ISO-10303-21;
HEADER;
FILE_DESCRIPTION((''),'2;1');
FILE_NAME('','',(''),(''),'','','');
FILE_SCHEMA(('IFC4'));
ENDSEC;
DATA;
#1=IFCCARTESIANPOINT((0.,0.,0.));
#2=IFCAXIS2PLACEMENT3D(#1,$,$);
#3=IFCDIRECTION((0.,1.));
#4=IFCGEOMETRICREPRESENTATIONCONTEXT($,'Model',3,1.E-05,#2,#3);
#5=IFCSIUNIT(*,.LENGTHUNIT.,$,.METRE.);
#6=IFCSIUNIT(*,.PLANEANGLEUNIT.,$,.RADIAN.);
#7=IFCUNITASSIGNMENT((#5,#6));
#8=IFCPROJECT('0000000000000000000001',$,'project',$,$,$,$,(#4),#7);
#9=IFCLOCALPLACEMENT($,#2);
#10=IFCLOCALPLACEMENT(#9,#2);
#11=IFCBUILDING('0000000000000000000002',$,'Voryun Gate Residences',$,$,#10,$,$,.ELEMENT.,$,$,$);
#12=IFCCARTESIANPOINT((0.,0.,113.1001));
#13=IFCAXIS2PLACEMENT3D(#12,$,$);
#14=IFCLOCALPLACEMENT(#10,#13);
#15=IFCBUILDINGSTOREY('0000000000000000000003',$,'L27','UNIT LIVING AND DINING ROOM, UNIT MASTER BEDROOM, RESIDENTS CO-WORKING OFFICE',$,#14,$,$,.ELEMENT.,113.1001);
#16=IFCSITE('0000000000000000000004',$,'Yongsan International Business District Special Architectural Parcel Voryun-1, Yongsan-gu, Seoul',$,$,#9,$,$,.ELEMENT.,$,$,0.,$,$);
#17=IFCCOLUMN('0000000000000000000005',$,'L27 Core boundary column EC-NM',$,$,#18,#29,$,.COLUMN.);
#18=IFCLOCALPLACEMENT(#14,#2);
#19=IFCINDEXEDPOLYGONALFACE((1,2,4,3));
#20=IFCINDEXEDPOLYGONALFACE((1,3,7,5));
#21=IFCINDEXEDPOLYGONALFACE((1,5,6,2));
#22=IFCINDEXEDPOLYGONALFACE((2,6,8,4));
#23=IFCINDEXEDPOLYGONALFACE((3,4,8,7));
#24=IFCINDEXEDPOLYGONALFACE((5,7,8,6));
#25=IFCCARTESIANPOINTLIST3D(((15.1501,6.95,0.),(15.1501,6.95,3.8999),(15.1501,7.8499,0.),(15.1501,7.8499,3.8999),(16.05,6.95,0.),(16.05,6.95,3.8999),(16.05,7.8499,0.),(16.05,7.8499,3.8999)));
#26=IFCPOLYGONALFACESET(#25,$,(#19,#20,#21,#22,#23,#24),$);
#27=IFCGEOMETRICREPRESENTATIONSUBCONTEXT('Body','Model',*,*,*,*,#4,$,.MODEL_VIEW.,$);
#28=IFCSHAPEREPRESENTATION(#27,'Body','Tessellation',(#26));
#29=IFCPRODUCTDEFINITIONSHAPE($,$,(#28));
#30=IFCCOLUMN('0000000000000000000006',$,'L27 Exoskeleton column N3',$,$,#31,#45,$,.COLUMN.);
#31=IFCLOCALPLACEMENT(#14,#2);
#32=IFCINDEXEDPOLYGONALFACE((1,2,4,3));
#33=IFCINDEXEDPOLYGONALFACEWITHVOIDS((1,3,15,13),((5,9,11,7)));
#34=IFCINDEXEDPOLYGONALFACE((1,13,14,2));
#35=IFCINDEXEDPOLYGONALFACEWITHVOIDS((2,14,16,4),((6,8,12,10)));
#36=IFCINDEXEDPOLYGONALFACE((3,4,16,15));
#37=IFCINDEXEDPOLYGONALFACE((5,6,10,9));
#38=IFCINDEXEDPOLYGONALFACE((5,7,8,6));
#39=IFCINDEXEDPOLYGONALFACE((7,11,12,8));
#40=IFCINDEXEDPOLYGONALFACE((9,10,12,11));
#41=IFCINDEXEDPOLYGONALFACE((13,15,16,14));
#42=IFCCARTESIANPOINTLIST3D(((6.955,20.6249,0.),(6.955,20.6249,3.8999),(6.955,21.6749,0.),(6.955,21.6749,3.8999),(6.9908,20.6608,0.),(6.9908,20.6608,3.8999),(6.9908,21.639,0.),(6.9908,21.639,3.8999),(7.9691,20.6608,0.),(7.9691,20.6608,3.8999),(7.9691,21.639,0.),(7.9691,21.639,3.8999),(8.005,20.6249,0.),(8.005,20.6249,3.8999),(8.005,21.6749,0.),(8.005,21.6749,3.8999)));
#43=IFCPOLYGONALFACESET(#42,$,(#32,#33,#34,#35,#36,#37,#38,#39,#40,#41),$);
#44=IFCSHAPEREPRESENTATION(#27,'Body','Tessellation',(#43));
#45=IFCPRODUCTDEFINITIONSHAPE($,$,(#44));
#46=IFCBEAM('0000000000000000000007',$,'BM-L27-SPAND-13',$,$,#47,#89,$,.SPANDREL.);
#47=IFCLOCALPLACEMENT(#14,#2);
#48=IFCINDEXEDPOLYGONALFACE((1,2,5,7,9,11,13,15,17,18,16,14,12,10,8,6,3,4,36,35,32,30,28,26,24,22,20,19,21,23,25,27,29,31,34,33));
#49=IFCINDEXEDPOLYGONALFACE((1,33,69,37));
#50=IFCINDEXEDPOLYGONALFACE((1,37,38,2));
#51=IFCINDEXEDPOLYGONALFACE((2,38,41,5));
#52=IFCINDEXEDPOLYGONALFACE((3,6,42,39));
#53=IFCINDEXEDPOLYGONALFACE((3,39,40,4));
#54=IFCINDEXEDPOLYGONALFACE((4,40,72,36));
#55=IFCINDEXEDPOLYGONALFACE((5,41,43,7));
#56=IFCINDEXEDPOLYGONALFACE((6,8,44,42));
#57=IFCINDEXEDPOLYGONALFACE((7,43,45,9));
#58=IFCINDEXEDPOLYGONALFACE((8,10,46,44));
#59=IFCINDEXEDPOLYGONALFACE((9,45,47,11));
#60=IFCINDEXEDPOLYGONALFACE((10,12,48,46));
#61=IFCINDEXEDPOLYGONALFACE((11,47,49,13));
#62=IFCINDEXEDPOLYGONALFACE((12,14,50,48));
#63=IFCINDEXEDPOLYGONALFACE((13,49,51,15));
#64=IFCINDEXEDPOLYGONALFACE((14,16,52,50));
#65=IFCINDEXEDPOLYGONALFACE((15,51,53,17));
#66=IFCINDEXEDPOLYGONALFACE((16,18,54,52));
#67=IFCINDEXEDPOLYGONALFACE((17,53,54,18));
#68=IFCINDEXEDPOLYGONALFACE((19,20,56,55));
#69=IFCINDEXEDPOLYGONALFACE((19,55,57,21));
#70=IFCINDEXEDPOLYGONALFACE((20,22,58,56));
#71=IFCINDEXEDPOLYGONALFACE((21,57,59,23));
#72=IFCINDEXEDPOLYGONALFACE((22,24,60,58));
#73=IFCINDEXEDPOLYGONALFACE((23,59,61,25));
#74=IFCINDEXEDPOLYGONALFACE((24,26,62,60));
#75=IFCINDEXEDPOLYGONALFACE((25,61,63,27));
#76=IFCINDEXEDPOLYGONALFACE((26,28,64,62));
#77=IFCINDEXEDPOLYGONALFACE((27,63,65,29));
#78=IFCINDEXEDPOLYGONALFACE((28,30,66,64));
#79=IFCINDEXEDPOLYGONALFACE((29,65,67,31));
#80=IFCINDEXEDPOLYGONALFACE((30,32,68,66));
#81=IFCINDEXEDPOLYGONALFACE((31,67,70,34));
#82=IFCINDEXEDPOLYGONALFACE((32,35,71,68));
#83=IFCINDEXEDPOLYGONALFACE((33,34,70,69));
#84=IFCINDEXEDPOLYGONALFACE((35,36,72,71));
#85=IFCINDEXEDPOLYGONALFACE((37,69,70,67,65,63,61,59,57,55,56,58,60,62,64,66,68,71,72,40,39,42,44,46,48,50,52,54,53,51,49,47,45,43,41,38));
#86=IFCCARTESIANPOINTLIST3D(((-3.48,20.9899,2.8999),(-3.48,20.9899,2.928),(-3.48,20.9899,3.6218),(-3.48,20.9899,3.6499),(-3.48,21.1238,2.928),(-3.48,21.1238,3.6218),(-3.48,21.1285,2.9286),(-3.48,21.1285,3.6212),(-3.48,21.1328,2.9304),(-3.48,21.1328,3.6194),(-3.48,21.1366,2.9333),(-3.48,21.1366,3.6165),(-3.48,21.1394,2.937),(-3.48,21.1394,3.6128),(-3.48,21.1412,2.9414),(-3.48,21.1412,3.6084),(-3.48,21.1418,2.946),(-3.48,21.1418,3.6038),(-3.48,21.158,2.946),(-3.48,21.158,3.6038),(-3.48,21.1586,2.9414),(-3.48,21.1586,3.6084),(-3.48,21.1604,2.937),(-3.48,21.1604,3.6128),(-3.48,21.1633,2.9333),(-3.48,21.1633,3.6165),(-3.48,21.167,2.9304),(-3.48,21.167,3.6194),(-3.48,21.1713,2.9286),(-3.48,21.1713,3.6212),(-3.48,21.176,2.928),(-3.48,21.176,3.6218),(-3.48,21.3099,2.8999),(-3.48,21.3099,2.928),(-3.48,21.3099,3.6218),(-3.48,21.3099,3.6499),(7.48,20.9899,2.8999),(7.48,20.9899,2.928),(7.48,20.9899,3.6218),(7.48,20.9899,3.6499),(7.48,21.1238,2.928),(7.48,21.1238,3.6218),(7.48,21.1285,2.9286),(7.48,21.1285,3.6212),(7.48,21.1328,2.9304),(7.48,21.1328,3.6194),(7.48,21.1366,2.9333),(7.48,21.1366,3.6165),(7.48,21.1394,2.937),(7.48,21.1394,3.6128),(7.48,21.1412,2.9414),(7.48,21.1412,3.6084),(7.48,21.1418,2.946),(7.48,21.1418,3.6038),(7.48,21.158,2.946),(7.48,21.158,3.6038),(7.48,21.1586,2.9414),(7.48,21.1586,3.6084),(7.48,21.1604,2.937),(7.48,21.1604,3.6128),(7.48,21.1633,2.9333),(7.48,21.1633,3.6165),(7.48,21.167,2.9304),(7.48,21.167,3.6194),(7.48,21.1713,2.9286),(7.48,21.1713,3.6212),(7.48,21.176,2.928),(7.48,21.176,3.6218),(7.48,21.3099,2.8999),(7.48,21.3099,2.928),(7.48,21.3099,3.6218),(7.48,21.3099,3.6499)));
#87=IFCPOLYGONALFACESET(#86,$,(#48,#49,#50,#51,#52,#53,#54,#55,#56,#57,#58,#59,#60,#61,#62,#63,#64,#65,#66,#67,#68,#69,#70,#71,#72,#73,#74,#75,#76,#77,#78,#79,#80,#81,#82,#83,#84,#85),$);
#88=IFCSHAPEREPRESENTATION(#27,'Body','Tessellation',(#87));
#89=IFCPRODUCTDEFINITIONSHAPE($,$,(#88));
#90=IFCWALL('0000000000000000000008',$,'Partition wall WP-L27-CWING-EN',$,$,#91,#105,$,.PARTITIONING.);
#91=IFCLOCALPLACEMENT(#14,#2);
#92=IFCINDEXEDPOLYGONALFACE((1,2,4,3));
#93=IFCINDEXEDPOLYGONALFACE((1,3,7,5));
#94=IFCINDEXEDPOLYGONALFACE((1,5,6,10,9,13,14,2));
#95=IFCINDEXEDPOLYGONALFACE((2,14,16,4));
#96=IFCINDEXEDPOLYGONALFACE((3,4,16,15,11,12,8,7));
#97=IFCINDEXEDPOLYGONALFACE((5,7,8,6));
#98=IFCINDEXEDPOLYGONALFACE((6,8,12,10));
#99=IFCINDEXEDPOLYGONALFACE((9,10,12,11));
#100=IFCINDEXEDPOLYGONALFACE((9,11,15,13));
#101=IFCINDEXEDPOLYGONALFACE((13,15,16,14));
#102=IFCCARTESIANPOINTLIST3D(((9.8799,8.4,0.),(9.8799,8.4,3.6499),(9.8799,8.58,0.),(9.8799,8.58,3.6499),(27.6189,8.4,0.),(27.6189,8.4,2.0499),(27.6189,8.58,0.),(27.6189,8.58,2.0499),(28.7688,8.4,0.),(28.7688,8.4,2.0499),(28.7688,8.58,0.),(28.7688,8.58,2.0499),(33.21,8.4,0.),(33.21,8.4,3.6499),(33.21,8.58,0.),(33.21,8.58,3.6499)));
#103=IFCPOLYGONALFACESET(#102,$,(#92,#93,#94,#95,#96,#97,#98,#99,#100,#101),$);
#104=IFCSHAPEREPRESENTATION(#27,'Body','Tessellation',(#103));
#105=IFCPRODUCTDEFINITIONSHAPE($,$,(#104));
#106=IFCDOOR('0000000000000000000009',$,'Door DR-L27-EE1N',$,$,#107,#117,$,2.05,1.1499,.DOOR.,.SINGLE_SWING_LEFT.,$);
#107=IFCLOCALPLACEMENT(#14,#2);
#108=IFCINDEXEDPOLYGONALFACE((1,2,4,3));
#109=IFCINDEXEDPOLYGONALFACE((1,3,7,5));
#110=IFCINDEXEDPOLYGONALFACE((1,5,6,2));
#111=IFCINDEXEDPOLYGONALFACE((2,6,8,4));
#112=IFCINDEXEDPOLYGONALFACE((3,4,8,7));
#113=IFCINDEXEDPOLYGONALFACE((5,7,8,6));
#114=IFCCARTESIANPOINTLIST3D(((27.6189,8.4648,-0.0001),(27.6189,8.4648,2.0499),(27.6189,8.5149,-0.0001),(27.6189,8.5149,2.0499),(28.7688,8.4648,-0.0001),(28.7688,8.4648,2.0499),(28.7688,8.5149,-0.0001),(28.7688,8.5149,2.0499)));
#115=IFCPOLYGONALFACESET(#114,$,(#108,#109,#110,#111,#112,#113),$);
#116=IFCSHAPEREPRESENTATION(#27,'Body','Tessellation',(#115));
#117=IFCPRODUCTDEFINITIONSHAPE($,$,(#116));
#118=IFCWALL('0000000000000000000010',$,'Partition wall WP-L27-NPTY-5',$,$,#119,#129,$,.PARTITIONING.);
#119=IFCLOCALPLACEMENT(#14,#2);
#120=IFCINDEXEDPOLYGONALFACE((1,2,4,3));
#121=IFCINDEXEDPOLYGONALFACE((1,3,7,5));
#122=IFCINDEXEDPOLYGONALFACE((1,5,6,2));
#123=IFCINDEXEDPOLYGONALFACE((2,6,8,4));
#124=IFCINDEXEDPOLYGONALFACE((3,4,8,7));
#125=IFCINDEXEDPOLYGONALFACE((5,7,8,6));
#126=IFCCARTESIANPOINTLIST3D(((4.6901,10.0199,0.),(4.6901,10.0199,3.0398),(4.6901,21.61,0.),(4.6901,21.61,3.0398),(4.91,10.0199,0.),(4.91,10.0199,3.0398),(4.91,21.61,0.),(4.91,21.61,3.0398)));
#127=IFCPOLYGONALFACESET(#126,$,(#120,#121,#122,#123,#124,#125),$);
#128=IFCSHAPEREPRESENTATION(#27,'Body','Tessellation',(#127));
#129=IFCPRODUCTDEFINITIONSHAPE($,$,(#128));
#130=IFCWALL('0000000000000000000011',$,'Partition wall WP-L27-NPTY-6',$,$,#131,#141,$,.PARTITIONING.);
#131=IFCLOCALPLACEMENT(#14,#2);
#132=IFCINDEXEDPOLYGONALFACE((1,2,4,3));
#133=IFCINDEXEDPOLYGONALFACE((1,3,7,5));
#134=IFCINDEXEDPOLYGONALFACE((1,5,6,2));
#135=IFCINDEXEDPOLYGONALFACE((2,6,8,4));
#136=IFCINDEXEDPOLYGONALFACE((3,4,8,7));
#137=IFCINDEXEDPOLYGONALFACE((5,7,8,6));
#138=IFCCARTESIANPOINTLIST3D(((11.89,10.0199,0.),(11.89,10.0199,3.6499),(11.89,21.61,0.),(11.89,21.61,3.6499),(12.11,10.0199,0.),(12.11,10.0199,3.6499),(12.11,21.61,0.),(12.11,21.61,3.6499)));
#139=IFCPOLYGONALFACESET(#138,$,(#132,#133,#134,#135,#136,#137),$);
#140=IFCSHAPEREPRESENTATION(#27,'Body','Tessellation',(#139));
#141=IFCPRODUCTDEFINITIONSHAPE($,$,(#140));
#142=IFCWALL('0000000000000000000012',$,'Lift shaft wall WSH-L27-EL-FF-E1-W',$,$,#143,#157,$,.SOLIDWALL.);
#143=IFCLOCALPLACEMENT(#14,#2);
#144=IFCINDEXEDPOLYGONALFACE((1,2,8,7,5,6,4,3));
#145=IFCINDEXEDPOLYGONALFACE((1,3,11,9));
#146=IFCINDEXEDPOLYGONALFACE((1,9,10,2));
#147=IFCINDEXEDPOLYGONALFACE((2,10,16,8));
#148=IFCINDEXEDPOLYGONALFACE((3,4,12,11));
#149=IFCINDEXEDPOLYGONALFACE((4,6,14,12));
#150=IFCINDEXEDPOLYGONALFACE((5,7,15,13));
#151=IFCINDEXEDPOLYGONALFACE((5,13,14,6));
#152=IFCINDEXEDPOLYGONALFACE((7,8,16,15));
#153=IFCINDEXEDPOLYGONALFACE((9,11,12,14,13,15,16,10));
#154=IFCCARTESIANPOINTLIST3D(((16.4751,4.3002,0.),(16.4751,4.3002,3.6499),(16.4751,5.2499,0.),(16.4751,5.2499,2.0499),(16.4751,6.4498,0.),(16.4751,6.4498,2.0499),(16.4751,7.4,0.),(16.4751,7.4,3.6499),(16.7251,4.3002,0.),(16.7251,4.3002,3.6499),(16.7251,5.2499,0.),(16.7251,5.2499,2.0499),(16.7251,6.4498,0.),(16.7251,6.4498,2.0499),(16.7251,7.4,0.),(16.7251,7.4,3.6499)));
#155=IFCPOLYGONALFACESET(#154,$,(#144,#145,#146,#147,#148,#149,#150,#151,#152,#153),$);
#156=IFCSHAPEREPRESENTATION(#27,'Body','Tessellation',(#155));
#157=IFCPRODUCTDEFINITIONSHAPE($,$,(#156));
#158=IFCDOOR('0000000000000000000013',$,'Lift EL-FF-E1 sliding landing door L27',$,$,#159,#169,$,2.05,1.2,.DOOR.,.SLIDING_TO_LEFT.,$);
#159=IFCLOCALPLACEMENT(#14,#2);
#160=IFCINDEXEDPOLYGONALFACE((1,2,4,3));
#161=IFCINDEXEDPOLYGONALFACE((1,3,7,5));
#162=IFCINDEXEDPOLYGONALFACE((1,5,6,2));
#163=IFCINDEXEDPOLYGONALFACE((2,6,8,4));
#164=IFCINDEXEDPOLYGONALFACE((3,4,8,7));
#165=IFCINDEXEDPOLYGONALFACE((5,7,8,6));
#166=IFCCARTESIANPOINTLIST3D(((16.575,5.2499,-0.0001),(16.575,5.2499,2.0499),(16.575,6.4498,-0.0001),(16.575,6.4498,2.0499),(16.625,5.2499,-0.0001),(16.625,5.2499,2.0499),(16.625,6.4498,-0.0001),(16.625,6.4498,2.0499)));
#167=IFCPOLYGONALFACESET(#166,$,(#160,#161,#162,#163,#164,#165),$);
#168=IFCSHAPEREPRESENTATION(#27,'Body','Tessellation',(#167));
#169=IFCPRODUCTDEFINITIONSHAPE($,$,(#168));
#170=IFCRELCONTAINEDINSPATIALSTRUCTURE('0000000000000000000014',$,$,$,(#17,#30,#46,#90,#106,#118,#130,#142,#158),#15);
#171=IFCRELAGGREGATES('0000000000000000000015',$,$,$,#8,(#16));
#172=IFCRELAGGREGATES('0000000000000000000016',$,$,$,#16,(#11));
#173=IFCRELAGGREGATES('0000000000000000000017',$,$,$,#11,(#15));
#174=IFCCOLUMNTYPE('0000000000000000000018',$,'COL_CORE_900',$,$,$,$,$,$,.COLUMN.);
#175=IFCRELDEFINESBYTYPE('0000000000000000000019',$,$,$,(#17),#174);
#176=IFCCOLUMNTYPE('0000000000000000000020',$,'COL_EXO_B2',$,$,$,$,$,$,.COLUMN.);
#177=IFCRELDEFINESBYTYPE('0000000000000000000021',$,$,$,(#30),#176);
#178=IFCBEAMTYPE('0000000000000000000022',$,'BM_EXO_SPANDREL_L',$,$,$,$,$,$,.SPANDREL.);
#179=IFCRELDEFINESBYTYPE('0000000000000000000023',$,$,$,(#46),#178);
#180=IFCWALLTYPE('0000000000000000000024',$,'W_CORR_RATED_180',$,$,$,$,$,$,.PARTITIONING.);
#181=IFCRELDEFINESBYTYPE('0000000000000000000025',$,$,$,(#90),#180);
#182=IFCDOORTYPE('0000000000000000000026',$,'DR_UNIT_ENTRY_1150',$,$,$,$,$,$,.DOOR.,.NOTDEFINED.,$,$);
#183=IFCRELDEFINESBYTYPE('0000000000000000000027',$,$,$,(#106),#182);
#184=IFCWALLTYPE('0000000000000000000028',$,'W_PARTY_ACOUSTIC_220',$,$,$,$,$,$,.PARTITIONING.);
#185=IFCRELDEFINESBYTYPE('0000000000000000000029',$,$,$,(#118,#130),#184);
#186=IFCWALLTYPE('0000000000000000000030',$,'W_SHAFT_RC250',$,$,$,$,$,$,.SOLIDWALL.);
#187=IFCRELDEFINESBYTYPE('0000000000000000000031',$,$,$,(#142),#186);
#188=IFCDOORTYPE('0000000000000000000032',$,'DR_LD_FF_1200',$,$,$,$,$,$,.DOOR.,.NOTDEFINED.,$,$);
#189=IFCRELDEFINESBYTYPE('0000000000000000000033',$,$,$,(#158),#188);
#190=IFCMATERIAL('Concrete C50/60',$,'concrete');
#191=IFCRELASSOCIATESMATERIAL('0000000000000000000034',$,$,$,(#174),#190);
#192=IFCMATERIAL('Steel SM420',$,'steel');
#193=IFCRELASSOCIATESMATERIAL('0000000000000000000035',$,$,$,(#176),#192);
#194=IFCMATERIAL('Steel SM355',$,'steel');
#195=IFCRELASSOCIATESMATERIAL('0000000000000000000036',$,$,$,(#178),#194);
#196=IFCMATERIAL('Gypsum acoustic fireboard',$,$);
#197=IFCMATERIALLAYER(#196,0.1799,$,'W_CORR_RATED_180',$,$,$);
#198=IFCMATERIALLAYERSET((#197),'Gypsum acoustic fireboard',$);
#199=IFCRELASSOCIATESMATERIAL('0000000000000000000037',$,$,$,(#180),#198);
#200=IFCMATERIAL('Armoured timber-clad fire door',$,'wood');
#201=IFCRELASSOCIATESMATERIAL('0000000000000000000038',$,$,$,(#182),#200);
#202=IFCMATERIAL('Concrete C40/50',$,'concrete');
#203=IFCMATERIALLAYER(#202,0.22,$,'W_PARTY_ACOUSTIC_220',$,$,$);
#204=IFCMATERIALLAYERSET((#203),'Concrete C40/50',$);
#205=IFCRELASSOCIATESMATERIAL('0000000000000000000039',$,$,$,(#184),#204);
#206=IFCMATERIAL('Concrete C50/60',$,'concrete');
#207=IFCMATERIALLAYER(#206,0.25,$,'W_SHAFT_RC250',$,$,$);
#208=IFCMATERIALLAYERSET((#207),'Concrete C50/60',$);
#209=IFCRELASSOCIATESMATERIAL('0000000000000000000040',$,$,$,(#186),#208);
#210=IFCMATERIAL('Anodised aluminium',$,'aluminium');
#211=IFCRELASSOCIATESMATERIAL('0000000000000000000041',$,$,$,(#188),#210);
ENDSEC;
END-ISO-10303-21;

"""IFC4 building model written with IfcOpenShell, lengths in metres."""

from ifc_helpers import new_model, si_unit, direction, frame, frame_2d, origin, origin_2d, place, context, subcontext, project, spatial, rectangle, hollow_rectangle, i_section, extrude, material, layer, layer_set, material_profile, profile_set, type_object, element, fill, save


model = new_model("IFC4")

# Units and contexts
model_context = context("Model", 3, precision=1e-05, world=origin(), true_north=direction((0.0, 1.0)))
body_context = subcontext(model_context, "Body", "Model", "MODEL_VIEW")
ifc_project = project(units=[si_unit("LENGTHUNIT", "METRE"), si_unit("PLANEANGLEUNIT", "RADIAN")], contexts=[model_context])

# Site, building, storey
site_placement = place(None, origin())
site = spatial("IfcSite", under=ifc_project, at=site_placement, Name="Yongsan International Business District Special Architectural Parcel Voryun-1, Yongsan-gu, Seoul", CompositionType="ELEMENT", RefElevation=0.0)
building_placement = place(site_placement, origin())
building = spatial("IfcBuilding", under=site, at=building_placement, Name="Voryun Gate Residences", CompositionType="ELEMENT")
storey_placement = place(building_placement, frame((0.0, 0.0, 113.1001)))
storey = spatial("IfcBuildingStorey", under=building, at=storey_placement, Name="L27", Description="UNIT LIVING AND DINING ROOM, UNIT MASTER BEDROOM, RESIDENTS CO-WORKING OFFICE", CompositionType="ELEMENT", Elevation=113.1001)

# Columns
ifc_material_1 = material(Name="Concrete C50/60", Category="concrete")
ifc_material_profile_1 = material_profile(ifc_material_1, rectangle(XDim=0.8999, YDim=0.8999, at=origin_2d()), Name="RC-900x900")
ifc_profile_set_1 = profile_set([ifc_material_profile_1], Name="Concrete C50/60")
column_type_1 = type_object("IfcColumnType", Name="COL_CORE_900", PredefinedType="COLUMN", material=ifc_profile_set_1)
column_1_placement = place(storey_placement, frame((15.6001, 7.3999, 0.0), z_axis=(0.0, 0.0, 1.0), x_axis=(1.0, 0.0, 0.0)))
element("IfcColumn", 1, at=column_1_placement, inside=storey, type_object=column_type_1, Name="L27 Core boundary column EC-NM", PredefinedType="COLUMN", context=body_context, shape_type="SweptSolid", body=[
    extrude(rectangle(XDim=0.8999, YDim=0.8999, at=origin_2d()), origin(), (0.0, 0.0, 1.0), 3.8999),
])
ifc_material_2 = material(Name="Steel SM420", Category="steel")
ifc_material_profile_2 = material_profile(ifc_material_2, hollow_rectangle(XDim=1.05, YDim=1.05, WallThickness=0.0359, at=origin_2d()), Name="BOX-1050x1050x36")
ifc_profile_set_2 = profile_set([ifc_material_profile_2], Name="Steel SM420")
column_type_2 = type_object("IfcColumnType", Name="COL_EXO_B2", PredefinedType="COLUMN", material=ifc_profile_set_2)
column_2_placement = place(storey_placement, frame((7.48, 21.1499, 0.0), z_axis=(0.0, 0.0, 1.0), x_axis=(1.0, 0.0, 0.0)))
element("IfcColumn", 2, at=column_2_placement, inside=storey, type_object=column_type_2, Name="L27 Exoskeleton column N3", PredefinedType="COLUMN", context=body_context, shape_type="SweptSolid", body=[
    extrude(hollow_rectangle(XDim=1.05, YDim=1.05, WallThickness=0.0359, at=origin_2d()), origin(), (0.0, 0.0, 1.0), 3.8999),
])

# Beam
ifc_material_3 = material(Name="Steel SM355", Category="steel")
ifc_material_profile_3 = material_profile(ifc_material_3, i_section(OverallWidth=0.3201, OverallDepth=0.75, WebThickness=0.0161, FlangeThickness=0.0281, FilletRadius=0.0181, at=origin_2d()), Name="H-750x320x16x28")
ifc_profile_set_3 = profile_set([ifc_material_profile_3], Name="Steel SM355")
beam_type = type_object("IfcBeamType", Name="BM_EXO_SPANDREL_L", PredefinedType="SPANDREL", material=ifc_profile_set_3)
beam_placement = place(storey_placement, frame((7.48, 21.1499, 3.2749), z_axis=(-1.0, 0.0, 0.0), x_axis=(0.0, -1.0, 0.0)))
element("IfcBeam", 3, at=beam_placement, inside=storey, type_object=beam_type, Name="BM-L27-SPAND-13", PredefinedType="SPANDREL", context=body_context, shape_type="SweptSolid", body=[
    extrude(i_section(OverallWidth=0.3201, OverallDepth=0.75, WebThickness=0.0161, FlangeThickness=0.0281, FilletRadius=0.0181, at=origin_2d()), origin(), (0.0, 0.0, 1.0), 10.96),
])

# Wall, opening, door
ifc_material_4 = material(Name="Gypsum acoustic fireboard")
ifc_layer_1 = layer(ifc_material_4, 0.1799, Name="W_CORR_RATED_180")
ifc_layer_set_1 = layer_set([ifc_layer_1], Name="Gypsum acoustic fireboard")
wall_type_1 = type_object("IfcWallType", Name="W_CORR_RATED_180", PredefinedType="PARTITIONING", material=ifc_layer_set_1)
wall_1_placement = place(storey_placement, frame((9.8799, 8.49, 0.0), z_axis=(0.0, 0.0, 1.0), x_axis=(1.0, 0.0, 0.0)))
wall_1 = element("IfcWall", 4, at=wall_1_placement, inside=storey, type_object=wall_type_1, Name="Partition wall WP-L27-CWING-EN", PredefinedType="PARTITIONING", context=body_context, shape_type="SweptSolid", body=[
    extrude(rectangle(XDim=23.3301, YDim=0.1799, at=frame_2d((11.665, 0.0))), origin(), (0.0, 0.0, 1.0), 3.6499),
])
opening_1_placement = place(wall_1_placement, frame((17.739, 0.0, 0.0)))
opening_1 = element("IfcOpeningElement", 5, at=opening_1_placement, cuts=wall_1, PredefinedType="OPENING", context=body_context, shape_type="SweptSolid", body=[
    extrude(rectangle(XDim=1.1499, YDim=2.05, at=frame_2d((0.575, 1.0249))), frame((0.0, 0.0999, 0.0), z_axis=(0.0, -1.0, 0.0), x_axis=(1.0, 0.0, 0.0)), (0.0, 0.0, 1.0), 0.2),
])
ifc_material_5 = material(Name="Armoured timber-clad fire door", Category="wood")
door_type_1 = type_object("IfcDoorType", Name="DR_UNIT_ENTRY_1150", OperationType="NOTDEFINED", PredefinedType="DOOR", material=ifc_material_5)
door_1_placement = place(opening_1_placement, origin())
door_1 = element("IfcDoor", 6, at=door_1_placement, inside=storey, type_object=door_type_1, Name="Door DR-L27-EE1N", OperationType="SINGLE_SWING_LEFT", OverallHeight=2.05, OverallWidth=1.1499, PredefinedType="DOOR", context=body_context, shape_type="SweptSolid", body=[
    extrude(rectangle(XDim=1.1499, YDim=2.05, at=frame_2d((0.575, 1.0249))), frame((0.0, 0.0249, 0.0), z_axis=(0.0, -1.0, 0.0), x_axis=(1.0, 0.0, 0.0)), (0.0, 0.0, 1.0), 0.05),
])
fill(opening_1, door_1)

# Walls
ifc_material_6 = material(Name="Concrete C40/50", Category="concrete")
ifc_layer_2 = layer(ifc_material_6, 0.22, Name="W_PARTY_ACOUSTIC_220")
ifc_layer_set_2 = layer_set([ifc_layer_2], Name="Concrete C40/50")
wall_type_2 = type_object("IfcWallType", Name="W_PARTY_ACOUSTIC_220", PredefinedType="PARTITIONING", material=ifc_layer_set_2)
wall_2_placement = place(storey_placement, frame((4.8, 10.02, 0.0), z_axis=(0.0, 0.0, 1.0), x_axis=(0.0, 1.0, 0.0)))
element("IfcWall", 7, at=wall_2_placement, inside=storey, type_object=wall_type_2, Name="Partition wall WP-L27-NPTY-5", PredefinedType="PARTITIONING", context=body_context, shape_type="SweptSolid", body=[
    extrude(rectangle(XDim=11.5901, YDim=0.22, at=frame_2d((5.7949, 0.0))), origin(), (0.0, 0.0, 1.0), 3.0398),
])
wall_3_placement = place(storey_placement, frame((12.0, 10.02, 0.0), z_axis=(0.0, 0.0, 1.0), x_axis=(0.0, 1.0, 0.0)))
element("IfcWall", 8, at=wall_3_placement, inside=storey, type_object=wall_type_2, Name="Partition wall WP-L27-NPTY-6", PredefinedType="PARTITIONING", context=body_context, shape_type="SweptSolid", body=[
    extrude(rectangle(XDim=11.5901, YDim=0.22, at=frame_2d((5.7949, 0.0))), origin(), (0.0, 0.0, 1.0), 3.6499),
])

# Wall, opening, door
ifc_material_7 = material(Name="Concrete C50/60", Category="concrete")
ifc_layer_3 = layer(ifc_material_7, 0.25, Name="W_SHAFT_RC250")
ifc_layer_set_3 = layer_set([ifc_layer_3], Name="Concrete C50/60")
wall_type_3 = type_object("IfcWallType", Name="W_SHAFT_RC250", PredefinedType="SOLIDWALL", material=ifc_layer_set_3)
wall_4_placement = place(storey_placement, frame((16.6001, 7.3999, 0.0), z_axis=(0.0, 0.0, 1.0), x_axis=(0.0, -1.0, 0.0)))
wall_4 = element("IfcWall", 9, at=wall_4_placement, inside=storey, type_object=wall_type_3, Name="Lift shaft wall WSH-L27-EL-FF-E1-W", PredefinedType="SOLIDWALL", context=body_context, shape_type="SweptSolid", body=[
    extrude(rectangle(XDim=3.0999, YDim=0.25, at=frame_2d((1.5498, 0.0))), origin(), (0.0, 0.0, 1.0), 3.6499),
])
opening_2_placement = place(wall_4_placement, frame((0.95, 0.0, 0.0)))
opening_2 = element("IfcOpeningElement", 10, at=opening_2_placement, cuts=wall_4, PredefinedType="OPENING", context=body_context, shape_type="SweptSolid", body=[
    extrude(rectangle(XDim=1.2, YDim=2.05, at=frame_2d((0.6001, 1.0249))), frame((0.0, 0.135, 0.0), z_axis=(0.0, -1.0, 0.0), x_axis=(1.0, 0.0, 0.0)), (0.0, 0.0, 1.0), 0.27),
])
ifc_material_8 = material(Name="Anodised aluminium", Category="aluminium")
door_type_2 = type_object("IfcDoorType", Name="DR_LD_FF_1200", OperationType="NOTDEFINED", PredefinedType="DOOR", material=ifc_material_8)
door_2_placement = place(opening_2_placement, origin())
door_2 = element("IfcDoor", 11, at=door_2_placement, inside=storey, type_object=door_type_2, Name="Lift EL-FF-E1 sliding landing door L27", OperationType="SLIDING_TO_LEFT", OverallHeight=2.05, OverallWidth=1.2, PredefinedType="DOOR", context=body_context, shape_type="SweptSolid", body=[
    extrude(rectangle(XDim=1.2, YDim=2.05, at=frame_2d((0.6001, 1.0249))), frame((0.0, 0.0249, 0.0), z_axis=(0.0, -1.0, 0.0), x_axis=(1.0, 0.0, 0.0)), (0.0, 0.0, 1.0), 0.05),
])
fill(opening_2, door_2)

save(model, "model.ifc")
